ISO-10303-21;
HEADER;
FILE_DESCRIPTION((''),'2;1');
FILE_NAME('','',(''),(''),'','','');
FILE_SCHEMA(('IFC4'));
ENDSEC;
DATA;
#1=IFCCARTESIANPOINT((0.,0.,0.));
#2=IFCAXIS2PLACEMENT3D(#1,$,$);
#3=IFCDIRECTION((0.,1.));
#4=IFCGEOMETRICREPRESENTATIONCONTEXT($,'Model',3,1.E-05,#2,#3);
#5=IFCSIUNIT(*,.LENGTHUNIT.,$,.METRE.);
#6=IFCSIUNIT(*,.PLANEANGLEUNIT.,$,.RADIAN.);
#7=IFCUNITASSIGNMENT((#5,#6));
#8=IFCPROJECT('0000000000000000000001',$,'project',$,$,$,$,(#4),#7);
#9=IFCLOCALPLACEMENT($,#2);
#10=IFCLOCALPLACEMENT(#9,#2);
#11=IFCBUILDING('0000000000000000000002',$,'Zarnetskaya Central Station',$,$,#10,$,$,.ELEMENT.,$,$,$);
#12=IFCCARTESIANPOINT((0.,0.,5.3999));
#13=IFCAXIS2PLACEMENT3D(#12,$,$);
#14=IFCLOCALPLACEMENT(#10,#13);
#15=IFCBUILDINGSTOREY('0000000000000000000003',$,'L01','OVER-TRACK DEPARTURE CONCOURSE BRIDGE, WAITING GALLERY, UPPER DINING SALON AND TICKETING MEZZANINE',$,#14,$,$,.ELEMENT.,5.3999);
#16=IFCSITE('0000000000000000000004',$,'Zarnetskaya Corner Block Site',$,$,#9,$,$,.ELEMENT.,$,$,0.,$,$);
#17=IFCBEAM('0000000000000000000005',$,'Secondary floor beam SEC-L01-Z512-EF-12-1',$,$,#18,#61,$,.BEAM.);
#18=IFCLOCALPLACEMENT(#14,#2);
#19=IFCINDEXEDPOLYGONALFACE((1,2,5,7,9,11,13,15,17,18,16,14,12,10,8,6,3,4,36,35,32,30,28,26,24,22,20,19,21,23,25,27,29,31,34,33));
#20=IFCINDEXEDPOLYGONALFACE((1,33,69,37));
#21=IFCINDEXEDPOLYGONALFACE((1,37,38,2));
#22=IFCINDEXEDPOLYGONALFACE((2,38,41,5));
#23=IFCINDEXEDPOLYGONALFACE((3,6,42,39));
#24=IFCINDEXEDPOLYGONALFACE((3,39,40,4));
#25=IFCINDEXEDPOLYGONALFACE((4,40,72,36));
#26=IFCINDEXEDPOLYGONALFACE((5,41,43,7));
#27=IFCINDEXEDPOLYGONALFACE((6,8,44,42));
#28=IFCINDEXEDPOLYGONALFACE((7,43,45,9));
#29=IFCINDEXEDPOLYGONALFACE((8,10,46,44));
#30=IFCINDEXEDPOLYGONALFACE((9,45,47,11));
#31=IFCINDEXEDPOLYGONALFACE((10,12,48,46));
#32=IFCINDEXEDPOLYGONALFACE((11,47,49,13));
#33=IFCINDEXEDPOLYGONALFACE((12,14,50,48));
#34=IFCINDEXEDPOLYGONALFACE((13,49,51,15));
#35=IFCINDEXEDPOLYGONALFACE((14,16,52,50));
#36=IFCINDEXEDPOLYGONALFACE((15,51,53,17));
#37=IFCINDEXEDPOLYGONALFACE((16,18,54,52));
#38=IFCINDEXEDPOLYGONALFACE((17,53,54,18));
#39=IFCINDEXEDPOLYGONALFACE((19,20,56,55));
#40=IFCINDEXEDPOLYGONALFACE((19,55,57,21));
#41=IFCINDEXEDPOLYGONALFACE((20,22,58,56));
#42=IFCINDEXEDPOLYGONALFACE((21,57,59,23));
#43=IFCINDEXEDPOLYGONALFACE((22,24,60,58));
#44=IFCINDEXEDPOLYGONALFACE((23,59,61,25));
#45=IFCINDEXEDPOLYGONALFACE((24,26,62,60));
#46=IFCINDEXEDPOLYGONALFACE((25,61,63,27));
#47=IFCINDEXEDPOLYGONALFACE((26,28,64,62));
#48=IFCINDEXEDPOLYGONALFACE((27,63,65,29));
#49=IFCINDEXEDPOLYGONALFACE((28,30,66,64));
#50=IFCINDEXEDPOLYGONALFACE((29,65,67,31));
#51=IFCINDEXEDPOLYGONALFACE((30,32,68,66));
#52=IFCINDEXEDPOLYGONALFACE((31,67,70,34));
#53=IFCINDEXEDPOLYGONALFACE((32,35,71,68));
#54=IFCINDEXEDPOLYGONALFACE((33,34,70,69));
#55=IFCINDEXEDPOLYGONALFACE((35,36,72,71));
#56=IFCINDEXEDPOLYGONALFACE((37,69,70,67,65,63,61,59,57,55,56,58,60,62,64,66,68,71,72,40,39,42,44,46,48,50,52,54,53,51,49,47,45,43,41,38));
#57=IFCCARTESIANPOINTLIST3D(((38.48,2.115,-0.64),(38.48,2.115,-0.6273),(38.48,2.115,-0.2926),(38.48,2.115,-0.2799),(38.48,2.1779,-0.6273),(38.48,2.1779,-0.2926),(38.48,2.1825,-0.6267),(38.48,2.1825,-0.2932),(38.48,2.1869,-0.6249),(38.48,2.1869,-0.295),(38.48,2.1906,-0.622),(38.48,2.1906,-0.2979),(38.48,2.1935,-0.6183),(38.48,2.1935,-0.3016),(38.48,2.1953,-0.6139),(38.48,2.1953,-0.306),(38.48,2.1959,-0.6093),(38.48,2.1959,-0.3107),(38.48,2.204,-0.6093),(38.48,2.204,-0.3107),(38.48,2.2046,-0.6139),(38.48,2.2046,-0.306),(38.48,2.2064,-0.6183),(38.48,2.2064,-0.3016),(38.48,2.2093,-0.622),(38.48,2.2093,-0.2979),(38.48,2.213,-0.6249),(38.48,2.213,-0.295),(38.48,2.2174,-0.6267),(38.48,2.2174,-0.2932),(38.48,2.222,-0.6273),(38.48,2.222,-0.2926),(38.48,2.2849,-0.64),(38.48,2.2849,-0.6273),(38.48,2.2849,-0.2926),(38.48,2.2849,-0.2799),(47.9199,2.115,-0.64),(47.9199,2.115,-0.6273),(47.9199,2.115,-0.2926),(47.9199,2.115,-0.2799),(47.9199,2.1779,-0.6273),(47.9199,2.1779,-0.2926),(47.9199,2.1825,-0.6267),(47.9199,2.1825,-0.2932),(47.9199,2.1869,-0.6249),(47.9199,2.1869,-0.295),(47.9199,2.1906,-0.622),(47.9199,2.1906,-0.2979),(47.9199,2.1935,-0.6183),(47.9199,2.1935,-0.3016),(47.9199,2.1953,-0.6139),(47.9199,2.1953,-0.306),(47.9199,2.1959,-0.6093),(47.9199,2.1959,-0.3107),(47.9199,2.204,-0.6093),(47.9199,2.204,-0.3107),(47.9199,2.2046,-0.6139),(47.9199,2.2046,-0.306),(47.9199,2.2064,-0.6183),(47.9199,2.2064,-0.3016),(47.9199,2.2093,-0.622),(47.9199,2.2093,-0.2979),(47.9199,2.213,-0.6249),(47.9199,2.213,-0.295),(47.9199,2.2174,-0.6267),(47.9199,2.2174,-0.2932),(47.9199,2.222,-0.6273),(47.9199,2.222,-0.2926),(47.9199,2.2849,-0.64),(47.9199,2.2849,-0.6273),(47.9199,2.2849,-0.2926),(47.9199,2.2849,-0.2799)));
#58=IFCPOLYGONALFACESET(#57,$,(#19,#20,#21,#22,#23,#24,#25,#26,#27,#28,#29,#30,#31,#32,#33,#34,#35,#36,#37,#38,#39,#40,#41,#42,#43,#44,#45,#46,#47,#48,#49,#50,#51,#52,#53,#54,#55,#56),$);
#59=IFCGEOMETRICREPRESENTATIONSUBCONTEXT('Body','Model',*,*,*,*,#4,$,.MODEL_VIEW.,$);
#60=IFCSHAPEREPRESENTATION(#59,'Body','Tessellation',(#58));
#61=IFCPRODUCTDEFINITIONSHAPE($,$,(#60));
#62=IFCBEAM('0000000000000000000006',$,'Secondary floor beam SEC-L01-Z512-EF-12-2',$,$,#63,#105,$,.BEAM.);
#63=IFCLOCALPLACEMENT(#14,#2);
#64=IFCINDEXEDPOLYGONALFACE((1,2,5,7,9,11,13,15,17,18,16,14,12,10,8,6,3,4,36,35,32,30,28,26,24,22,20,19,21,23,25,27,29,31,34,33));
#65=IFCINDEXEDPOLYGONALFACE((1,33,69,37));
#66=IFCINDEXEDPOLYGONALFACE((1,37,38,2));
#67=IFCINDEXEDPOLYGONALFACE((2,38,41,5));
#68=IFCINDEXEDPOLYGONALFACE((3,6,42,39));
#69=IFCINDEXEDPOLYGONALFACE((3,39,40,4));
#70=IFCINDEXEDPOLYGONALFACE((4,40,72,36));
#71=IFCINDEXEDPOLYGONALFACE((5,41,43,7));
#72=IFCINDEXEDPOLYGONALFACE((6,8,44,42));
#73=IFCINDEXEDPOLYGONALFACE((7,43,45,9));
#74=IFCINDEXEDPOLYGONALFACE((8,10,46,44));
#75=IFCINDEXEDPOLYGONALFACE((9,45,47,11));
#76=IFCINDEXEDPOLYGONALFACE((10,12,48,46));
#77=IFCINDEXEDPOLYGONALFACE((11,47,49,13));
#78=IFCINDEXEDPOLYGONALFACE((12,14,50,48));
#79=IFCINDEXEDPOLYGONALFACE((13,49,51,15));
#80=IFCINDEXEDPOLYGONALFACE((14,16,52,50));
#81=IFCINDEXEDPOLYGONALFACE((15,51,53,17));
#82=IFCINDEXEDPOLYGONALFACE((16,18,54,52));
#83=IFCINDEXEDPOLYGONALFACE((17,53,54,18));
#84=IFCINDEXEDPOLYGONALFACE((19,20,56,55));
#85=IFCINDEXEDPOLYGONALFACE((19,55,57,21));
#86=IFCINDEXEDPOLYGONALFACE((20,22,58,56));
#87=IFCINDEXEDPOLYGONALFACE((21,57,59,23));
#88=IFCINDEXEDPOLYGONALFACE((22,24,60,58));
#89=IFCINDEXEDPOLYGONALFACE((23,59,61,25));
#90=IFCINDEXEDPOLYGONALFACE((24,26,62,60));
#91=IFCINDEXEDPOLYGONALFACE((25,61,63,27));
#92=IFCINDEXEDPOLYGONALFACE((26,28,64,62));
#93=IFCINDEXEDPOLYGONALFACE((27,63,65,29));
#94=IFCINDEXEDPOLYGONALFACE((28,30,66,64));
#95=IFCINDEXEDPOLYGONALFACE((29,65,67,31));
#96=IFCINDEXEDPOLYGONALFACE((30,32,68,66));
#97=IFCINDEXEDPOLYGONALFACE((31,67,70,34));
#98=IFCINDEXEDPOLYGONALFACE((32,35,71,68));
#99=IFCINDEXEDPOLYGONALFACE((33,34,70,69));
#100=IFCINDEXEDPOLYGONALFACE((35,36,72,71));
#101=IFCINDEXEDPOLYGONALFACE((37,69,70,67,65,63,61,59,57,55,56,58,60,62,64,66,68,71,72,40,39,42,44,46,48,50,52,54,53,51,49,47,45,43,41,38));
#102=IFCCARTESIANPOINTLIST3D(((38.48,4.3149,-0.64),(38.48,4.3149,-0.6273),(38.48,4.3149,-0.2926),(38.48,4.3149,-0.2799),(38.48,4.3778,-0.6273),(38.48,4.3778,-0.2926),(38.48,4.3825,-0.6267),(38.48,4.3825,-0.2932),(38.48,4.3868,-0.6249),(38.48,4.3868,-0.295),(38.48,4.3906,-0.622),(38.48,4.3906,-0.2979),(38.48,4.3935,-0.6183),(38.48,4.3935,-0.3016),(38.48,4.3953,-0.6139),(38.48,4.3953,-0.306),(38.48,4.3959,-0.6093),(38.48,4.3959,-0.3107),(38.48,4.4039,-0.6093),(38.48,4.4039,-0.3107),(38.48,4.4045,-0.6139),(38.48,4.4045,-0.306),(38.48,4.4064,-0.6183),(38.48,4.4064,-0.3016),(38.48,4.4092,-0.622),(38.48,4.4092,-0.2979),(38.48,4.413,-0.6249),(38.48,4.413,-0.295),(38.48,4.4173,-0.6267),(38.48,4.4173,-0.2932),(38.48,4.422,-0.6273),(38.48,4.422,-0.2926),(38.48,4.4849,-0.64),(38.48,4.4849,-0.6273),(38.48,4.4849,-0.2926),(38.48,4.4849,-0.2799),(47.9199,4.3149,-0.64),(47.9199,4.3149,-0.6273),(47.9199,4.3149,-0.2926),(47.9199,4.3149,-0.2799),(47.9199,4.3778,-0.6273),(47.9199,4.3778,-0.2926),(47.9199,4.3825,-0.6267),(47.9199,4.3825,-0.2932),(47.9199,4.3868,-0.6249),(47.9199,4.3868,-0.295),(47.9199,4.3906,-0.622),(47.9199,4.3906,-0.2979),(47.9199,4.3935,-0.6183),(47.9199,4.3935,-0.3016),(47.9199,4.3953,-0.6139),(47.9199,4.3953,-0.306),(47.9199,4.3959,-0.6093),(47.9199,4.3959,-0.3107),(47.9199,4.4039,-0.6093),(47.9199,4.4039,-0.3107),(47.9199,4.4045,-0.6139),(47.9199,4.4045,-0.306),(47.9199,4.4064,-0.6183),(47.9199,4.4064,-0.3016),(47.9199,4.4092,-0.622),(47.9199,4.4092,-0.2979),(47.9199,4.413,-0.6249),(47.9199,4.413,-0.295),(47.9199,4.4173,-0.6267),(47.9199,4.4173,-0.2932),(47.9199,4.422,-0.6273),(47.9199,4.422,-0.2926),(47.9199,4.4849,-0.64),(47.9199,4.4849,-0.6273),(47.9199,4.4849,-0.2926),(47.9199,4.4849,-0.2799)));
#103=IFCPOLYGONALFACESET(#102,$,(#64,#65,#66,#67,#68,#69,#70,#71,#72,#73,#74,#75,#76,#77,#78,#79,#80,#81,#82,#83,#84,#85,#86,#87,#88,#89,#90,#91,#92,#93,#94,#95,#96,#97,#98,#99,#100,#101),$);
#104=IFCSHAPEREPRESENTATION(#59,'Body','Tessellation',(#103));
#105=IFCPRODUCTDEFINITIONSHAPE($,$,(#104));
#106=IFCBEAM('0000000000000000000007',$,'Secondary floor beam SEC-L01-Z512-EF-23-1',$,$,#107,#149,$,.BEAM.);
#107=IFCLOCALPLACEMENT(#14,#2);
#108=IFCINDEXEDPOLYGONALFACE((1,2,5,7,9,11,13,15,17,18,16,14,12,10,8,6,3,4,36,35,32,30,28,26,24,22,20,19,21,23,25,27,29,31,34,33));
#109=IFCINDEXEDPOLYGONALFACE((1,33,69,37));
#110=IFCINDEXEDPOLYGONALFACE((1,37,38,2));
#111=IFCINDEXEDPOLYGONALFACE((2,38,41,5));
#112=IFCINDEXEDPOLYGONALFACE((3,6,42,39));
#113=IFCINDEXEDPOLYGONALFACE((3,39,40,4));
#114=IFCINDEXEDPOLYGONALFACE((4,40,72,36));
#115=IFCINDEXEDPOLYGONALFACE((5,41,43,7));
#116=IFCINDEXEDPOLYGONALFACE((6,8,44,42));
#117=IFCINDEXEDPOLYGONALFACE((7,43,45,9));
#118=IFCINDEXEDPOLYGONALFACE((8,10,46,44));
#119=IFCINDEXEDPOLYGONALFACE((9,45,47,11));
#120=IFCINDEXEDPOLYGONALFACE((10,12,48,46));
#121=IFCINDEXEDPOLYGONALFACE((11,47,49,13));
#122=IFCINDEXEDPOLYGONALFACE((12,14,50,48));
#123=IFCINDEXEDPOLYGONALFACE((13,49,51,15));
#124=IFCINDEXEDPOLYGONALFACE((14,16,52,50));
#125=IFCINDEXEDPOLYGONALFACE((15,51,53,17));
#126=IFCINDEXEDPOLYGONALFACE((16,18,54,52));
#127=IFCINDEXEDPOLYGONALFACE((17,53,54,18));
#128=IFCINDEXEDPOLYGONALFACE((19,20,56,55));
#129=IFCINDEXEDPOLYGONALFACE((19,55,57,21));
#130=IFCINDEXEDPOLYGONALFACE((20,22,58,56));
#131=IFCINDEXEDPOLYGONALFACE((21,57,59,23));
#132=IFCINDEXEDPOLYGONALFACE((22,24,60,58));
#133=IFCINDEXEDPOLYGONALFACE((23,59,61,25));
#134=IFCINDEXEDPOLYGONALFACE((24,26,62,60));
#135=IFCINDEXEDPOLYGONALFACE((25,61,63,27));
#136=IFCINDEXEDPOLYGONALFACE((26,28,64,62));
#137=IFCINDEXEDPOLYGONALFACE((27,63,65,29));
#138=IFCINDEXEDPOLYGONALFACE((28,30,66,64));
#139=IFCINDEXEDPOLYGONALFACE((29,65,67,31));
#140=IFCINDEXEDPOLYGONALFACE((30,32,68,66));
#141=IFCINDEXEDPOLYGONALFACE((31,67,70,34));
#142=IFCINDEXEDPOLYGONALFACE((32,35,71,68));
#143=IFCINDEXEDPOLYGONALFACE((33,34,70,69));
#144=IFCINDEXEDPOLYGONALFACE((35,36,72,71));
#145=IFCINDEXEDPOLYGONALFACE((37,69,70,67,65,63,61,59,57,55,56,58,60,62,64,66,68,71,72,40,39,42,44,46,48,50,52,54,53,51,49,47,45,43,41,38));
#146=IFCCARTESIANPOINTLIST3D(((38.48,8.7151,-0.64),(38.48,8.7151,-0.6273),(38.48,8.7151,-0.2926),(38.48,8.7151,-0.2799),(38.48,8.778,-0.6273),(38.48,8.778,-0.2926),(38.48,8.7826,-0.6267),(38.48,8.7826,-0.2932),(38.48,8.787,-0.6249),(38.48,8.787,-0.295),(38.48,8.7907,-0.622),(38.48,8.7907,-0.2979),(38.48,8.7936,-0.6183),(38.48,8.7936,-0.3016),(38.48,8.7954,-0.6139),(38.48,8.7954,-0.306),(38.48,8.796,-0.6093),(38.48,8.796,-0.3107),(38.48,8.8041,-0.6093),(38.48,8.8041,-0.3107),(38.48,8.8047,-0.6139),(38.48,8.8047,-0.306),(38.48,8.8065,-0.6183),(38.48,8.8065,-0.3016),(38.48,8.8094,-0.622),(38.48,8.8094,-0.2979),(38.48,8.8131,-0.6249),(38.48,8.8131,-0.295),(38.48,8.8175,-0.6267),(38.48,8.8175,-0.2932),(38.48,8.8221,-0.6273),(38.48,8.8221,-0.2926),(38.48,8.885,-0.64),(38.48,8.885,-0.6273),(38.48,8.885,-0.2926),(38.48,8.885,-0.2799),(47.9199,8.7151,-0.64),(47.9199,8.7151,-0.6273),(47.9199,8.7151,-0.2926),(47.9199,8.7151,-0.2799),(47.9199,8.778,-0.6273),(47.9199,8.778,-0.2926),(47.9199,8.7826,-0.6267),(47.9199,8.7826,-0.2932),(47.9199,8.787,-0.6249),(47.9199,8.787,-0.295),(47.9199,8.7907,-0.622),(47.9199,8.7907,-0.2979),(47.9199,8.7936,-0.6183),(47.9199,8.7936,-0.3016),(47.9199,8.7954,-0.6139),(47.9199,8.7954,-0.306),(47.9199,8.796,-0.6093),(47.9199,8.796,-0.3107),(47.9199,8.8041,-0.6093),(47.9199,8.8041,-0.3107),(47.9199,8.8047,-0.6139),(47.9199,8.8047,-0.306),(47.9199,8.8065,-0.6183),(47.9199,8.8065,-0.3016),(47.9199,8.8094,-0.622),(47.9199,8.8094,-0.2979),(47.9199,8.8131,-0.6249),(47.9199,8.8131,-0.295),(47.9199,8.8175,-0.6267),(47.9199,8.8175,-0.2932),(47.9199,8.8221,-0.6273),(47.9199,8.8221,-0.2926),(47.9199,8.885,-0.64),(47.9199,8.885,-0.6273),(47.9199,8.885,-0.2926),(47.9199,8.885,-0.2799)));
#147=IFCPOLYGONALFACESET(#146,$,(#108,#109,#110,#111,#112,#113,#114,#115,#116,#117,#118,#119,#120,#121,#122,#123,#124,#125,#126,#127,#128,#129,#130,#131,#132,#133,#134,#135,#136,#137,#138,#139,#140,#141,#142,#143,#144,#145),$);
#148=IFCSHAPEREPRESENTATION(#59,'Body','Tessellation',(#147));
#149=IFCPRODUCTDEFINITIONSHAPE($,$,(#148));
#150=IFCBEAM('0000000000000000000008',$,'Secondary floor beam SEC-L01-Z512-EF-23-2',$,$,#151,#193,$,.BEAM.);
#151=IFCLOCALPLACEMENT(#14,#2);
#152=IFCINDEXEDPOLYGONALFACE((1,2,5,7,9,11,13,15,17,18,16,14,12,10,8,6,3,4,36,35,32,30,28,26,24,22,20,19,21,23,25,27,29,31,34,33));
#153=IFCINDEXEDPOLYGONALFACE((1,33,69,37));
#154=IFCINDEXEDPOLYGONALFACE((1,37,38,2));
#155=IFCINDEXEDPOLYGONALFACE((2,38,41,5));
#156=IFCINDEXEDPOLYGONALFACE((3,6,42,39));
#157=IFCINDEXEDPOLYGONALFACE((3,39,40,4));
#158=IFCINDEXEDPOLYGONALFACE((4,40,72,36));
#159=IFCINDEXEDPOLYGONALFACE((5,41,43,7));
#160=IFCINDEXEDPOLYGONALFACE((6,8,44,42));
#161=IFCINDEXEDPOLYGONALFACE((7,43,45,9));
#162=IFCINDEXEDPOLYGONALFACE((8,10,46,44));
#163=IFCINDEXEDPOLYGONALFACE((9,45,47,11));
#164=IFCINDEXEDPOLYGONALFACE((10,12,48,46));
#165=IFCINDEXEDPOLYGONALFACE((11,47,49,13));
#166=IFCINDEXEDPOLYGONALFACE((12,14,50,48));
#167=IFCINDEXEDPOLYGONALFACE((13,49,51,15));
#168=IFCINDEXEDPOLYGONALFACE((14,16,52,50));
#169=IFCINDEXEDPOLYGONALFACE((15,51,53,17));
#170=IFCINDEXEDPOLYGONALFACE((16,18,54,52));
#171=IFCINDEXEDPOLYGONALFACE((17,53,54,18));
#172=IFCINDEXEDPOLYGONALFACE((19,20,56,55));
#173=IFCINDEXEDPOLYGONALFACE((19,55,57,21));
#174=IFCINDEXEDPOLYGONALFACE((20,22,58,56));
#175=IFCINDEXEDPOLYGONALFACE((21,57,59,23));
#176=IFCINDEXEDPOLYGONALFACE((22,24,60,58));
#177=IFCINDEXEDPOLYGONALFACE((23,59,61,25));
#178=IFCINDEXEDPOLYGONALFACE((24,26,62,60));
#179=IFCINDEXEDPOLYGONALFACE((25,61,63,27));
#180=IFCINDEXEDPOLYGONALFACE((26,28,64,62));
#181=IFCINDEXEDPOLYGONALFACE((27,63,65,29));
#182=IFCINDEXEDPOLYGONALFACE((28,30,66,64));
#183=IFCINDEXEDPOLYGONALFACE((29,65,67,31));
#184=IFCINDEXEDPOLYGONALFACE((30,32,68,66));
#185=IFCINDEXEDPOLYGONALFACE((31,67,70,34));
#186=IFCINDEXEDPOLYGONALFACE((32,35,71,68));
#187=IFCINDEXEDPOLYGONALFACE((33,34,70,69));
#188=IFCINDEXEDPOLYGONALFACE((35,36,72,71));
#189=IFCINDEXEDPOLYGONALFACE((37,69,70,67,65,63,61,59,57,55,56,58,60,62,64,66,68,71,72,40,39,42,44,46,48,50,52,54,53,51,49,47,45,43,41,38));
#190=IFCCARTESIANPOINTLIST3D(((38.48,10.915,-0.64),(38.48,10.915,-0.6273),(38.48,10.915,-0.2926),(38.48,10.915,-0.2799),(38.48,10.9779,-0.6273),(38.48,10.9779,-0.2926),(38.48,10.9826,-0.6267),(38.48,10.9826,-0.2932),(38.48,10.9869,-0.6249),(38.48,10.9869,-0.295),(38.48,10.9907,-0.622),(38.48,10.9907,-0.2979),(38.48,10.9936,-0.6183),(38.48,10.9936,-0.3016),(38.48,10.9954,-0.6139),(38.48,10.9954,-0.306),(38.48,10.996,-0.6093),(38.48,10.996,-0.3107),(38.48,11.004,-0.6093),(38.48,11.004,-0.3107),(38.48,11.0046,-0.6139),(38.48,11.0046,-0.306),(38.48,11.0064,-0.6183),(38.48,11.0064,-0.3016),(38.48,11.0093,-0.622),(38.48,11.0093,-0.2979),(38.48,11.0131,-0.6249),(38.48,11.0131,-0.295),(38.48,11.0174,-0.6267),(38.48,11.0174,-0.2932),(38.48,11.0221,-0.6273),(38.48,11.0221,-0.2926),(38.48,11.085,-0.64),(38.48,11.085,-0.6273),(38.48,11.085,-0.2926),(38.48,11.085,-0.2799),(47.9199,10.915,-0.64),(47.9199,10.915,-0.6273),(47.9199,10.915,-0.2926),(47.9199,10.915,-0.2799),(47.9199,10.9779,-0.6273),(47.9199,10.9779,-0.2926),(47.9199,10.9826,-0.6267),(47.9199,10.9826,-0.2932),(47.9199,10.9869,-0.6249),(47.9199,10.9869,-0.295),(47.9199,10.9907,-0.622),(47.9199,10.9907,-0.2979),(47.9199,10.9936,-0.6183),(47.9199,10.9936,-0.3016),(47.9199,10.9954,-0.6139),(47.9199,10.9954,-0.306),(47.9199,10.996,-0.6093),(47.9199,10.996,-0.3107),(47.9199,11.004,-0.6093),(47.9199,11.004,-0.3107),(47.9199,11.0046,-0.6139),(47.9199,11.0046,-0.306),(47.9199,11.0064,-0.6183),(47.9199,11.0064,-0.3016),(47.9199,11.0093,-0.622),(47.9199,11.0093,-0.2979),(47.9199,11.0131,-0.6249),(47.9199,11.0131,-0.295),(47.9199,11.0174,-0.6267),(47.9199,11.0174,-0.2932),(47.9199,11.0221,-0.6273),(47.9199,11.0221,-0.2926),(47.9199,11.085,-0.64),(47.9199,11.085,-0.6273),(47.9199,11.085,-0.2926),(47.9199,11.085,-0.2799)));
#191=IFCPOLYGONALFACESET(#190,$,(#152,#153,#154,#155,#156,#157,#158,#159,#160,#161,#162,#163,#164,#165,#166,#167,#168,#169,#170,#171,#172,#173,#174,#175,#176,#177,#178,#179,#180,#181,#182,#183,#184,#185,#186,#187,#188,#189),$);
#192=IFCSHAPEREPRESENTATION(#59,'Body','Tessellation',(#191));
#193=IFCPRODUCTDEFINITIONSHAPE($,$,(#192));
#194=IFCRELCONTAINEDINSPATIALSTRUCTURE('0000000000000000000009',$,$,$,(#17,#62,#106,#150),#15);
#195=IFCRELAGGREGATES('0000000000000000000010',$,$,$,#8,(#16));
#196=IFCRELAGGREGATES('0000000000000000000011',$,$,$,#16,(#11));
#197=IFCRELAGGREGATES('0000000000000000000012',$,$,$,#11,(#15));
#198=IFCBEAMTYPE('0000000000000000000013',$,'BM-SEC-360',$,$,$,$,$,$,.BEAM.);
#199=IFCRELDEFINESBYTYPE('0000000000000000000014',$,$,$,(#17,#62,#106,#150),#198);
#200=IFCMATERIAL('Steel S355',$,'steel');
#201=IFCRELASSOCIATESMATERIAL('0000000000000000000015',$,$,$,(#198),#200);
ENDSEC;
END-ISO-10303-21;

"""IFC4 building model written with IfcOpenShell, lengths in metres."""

from ifc_helpers import new_model, si_unit, direction, frame, origin, origin_2d, place, context, subcontext, project, spatial, i_section, extrude, material, material_profile, profile_set, type_object, element, save


model = new_model("IFC4")

# Units and contexts
model_context = context("Model", 3, precision=1e-05, world=origin(), true_north=direction((0.0, 1.0)))
body_context = subcontext(model_context, "Body", "Model", "MODEL_VIEW")
ifc_project = project(units=[si_unit("LENGTHUNIT", "METRE"), si_unit("PLANEANGLEUNIT", "RADIAN")], contexts=[model_context])

# Site, building, storey
site_placement = place(None, origin())
site = spatial("IfcSite", under=ifc_project, at=site_placement, Name="Zarnetskaya Corner Block Site", CompositionType="ELEMENT", RefElevation=0.0)
building_placement = place(site_placement, origin())
building = spatial("IfcBuilding", under=site, at=building_placement, Name="Zarnetskaya Central Station", CompositionType="ELEMENT")
storey_placement = place(building_placement, frame((0.0, 0.0, 5.3999)))
storey = spatial("IfcBuildingStorey", under=building, at=storey_placement, Name="L01", Description="OVER-TRACK DEPARTURE CONCOURSE BRIDGE, WAITING GALLERY, UPPER DINING SALON AND TICKETING MEZZANINE", CompositionType="ELEMENT", Elevation=5.3999)

# Shared definitions
ifc_material_1 = material(Name="Steel S355", Category="steel")

# Beams
ifc_material_profile_1 = material_profile(ifc_material_1, i_section(OverallWidth=0.1699, OverallDepth=0.3601, WebThickness=0.0081, FlangeThickness=0.0127, FilletRadius=0.0181, at=origin_2d()), Name="IPE 360")
ifc_profile_set_1 = profile_set([ifc_material_profile_1], Name="Steel S355")
beam_type_1 = type_object("IfcBeamType", Name="BM-SEC-360", PredefinedType="BEAM", material=ifc_profile_set_1)
for number, where, z_axis, x_axis, name in (
    (1, (38.48, 2.2, -0.46), (1.0, 0.0, 0.0), (0.0, 1.0, 0.0), "Secondary floor beam SEC-L01-Z512-EF-12-1"),
    (2, (38.48, 4.3999, -0.46), (1.0, 0.0, 0.0), (0.0, 1.0, 0.0), "Secondary floor beam SEC-L01-Z512-EF-12-2"),
    (3, (38.48, 8.8, -0.46), (1.0, 0.0, 0.0), (0.0, 1.0, 0.0), "Secondary floor beam SEC-L01-Z512-EF-23-1"),
    (4, (38.48, 11.0, -0.46), (1.0, 0.0, 0.0), (0.0, 1.0, 0.0), "Secondary floor beam SEC-L01-Z512-EF-23-2"),
):
    element("IfcBeam", number, at=place(storey_placement, frame(where, z_axis=z_axis, x_axis=x_axis)), inside=storey, type_object=beam_type_1, Name=name, PredefinedType="BEAM", context=body_context, shape_type="SweptSolid", body=[
        extrude(i_section(OverallWidth=0.1699, OverallDepth=0.3601, WebThickness=0.0081, FlangeThickness=0.0127, FilletRadius=0.0181, at=origin_2d()), origin(), (0.0, 0.0, 1.0), 9.4399),
    ])

save(model, "model.ifc")
